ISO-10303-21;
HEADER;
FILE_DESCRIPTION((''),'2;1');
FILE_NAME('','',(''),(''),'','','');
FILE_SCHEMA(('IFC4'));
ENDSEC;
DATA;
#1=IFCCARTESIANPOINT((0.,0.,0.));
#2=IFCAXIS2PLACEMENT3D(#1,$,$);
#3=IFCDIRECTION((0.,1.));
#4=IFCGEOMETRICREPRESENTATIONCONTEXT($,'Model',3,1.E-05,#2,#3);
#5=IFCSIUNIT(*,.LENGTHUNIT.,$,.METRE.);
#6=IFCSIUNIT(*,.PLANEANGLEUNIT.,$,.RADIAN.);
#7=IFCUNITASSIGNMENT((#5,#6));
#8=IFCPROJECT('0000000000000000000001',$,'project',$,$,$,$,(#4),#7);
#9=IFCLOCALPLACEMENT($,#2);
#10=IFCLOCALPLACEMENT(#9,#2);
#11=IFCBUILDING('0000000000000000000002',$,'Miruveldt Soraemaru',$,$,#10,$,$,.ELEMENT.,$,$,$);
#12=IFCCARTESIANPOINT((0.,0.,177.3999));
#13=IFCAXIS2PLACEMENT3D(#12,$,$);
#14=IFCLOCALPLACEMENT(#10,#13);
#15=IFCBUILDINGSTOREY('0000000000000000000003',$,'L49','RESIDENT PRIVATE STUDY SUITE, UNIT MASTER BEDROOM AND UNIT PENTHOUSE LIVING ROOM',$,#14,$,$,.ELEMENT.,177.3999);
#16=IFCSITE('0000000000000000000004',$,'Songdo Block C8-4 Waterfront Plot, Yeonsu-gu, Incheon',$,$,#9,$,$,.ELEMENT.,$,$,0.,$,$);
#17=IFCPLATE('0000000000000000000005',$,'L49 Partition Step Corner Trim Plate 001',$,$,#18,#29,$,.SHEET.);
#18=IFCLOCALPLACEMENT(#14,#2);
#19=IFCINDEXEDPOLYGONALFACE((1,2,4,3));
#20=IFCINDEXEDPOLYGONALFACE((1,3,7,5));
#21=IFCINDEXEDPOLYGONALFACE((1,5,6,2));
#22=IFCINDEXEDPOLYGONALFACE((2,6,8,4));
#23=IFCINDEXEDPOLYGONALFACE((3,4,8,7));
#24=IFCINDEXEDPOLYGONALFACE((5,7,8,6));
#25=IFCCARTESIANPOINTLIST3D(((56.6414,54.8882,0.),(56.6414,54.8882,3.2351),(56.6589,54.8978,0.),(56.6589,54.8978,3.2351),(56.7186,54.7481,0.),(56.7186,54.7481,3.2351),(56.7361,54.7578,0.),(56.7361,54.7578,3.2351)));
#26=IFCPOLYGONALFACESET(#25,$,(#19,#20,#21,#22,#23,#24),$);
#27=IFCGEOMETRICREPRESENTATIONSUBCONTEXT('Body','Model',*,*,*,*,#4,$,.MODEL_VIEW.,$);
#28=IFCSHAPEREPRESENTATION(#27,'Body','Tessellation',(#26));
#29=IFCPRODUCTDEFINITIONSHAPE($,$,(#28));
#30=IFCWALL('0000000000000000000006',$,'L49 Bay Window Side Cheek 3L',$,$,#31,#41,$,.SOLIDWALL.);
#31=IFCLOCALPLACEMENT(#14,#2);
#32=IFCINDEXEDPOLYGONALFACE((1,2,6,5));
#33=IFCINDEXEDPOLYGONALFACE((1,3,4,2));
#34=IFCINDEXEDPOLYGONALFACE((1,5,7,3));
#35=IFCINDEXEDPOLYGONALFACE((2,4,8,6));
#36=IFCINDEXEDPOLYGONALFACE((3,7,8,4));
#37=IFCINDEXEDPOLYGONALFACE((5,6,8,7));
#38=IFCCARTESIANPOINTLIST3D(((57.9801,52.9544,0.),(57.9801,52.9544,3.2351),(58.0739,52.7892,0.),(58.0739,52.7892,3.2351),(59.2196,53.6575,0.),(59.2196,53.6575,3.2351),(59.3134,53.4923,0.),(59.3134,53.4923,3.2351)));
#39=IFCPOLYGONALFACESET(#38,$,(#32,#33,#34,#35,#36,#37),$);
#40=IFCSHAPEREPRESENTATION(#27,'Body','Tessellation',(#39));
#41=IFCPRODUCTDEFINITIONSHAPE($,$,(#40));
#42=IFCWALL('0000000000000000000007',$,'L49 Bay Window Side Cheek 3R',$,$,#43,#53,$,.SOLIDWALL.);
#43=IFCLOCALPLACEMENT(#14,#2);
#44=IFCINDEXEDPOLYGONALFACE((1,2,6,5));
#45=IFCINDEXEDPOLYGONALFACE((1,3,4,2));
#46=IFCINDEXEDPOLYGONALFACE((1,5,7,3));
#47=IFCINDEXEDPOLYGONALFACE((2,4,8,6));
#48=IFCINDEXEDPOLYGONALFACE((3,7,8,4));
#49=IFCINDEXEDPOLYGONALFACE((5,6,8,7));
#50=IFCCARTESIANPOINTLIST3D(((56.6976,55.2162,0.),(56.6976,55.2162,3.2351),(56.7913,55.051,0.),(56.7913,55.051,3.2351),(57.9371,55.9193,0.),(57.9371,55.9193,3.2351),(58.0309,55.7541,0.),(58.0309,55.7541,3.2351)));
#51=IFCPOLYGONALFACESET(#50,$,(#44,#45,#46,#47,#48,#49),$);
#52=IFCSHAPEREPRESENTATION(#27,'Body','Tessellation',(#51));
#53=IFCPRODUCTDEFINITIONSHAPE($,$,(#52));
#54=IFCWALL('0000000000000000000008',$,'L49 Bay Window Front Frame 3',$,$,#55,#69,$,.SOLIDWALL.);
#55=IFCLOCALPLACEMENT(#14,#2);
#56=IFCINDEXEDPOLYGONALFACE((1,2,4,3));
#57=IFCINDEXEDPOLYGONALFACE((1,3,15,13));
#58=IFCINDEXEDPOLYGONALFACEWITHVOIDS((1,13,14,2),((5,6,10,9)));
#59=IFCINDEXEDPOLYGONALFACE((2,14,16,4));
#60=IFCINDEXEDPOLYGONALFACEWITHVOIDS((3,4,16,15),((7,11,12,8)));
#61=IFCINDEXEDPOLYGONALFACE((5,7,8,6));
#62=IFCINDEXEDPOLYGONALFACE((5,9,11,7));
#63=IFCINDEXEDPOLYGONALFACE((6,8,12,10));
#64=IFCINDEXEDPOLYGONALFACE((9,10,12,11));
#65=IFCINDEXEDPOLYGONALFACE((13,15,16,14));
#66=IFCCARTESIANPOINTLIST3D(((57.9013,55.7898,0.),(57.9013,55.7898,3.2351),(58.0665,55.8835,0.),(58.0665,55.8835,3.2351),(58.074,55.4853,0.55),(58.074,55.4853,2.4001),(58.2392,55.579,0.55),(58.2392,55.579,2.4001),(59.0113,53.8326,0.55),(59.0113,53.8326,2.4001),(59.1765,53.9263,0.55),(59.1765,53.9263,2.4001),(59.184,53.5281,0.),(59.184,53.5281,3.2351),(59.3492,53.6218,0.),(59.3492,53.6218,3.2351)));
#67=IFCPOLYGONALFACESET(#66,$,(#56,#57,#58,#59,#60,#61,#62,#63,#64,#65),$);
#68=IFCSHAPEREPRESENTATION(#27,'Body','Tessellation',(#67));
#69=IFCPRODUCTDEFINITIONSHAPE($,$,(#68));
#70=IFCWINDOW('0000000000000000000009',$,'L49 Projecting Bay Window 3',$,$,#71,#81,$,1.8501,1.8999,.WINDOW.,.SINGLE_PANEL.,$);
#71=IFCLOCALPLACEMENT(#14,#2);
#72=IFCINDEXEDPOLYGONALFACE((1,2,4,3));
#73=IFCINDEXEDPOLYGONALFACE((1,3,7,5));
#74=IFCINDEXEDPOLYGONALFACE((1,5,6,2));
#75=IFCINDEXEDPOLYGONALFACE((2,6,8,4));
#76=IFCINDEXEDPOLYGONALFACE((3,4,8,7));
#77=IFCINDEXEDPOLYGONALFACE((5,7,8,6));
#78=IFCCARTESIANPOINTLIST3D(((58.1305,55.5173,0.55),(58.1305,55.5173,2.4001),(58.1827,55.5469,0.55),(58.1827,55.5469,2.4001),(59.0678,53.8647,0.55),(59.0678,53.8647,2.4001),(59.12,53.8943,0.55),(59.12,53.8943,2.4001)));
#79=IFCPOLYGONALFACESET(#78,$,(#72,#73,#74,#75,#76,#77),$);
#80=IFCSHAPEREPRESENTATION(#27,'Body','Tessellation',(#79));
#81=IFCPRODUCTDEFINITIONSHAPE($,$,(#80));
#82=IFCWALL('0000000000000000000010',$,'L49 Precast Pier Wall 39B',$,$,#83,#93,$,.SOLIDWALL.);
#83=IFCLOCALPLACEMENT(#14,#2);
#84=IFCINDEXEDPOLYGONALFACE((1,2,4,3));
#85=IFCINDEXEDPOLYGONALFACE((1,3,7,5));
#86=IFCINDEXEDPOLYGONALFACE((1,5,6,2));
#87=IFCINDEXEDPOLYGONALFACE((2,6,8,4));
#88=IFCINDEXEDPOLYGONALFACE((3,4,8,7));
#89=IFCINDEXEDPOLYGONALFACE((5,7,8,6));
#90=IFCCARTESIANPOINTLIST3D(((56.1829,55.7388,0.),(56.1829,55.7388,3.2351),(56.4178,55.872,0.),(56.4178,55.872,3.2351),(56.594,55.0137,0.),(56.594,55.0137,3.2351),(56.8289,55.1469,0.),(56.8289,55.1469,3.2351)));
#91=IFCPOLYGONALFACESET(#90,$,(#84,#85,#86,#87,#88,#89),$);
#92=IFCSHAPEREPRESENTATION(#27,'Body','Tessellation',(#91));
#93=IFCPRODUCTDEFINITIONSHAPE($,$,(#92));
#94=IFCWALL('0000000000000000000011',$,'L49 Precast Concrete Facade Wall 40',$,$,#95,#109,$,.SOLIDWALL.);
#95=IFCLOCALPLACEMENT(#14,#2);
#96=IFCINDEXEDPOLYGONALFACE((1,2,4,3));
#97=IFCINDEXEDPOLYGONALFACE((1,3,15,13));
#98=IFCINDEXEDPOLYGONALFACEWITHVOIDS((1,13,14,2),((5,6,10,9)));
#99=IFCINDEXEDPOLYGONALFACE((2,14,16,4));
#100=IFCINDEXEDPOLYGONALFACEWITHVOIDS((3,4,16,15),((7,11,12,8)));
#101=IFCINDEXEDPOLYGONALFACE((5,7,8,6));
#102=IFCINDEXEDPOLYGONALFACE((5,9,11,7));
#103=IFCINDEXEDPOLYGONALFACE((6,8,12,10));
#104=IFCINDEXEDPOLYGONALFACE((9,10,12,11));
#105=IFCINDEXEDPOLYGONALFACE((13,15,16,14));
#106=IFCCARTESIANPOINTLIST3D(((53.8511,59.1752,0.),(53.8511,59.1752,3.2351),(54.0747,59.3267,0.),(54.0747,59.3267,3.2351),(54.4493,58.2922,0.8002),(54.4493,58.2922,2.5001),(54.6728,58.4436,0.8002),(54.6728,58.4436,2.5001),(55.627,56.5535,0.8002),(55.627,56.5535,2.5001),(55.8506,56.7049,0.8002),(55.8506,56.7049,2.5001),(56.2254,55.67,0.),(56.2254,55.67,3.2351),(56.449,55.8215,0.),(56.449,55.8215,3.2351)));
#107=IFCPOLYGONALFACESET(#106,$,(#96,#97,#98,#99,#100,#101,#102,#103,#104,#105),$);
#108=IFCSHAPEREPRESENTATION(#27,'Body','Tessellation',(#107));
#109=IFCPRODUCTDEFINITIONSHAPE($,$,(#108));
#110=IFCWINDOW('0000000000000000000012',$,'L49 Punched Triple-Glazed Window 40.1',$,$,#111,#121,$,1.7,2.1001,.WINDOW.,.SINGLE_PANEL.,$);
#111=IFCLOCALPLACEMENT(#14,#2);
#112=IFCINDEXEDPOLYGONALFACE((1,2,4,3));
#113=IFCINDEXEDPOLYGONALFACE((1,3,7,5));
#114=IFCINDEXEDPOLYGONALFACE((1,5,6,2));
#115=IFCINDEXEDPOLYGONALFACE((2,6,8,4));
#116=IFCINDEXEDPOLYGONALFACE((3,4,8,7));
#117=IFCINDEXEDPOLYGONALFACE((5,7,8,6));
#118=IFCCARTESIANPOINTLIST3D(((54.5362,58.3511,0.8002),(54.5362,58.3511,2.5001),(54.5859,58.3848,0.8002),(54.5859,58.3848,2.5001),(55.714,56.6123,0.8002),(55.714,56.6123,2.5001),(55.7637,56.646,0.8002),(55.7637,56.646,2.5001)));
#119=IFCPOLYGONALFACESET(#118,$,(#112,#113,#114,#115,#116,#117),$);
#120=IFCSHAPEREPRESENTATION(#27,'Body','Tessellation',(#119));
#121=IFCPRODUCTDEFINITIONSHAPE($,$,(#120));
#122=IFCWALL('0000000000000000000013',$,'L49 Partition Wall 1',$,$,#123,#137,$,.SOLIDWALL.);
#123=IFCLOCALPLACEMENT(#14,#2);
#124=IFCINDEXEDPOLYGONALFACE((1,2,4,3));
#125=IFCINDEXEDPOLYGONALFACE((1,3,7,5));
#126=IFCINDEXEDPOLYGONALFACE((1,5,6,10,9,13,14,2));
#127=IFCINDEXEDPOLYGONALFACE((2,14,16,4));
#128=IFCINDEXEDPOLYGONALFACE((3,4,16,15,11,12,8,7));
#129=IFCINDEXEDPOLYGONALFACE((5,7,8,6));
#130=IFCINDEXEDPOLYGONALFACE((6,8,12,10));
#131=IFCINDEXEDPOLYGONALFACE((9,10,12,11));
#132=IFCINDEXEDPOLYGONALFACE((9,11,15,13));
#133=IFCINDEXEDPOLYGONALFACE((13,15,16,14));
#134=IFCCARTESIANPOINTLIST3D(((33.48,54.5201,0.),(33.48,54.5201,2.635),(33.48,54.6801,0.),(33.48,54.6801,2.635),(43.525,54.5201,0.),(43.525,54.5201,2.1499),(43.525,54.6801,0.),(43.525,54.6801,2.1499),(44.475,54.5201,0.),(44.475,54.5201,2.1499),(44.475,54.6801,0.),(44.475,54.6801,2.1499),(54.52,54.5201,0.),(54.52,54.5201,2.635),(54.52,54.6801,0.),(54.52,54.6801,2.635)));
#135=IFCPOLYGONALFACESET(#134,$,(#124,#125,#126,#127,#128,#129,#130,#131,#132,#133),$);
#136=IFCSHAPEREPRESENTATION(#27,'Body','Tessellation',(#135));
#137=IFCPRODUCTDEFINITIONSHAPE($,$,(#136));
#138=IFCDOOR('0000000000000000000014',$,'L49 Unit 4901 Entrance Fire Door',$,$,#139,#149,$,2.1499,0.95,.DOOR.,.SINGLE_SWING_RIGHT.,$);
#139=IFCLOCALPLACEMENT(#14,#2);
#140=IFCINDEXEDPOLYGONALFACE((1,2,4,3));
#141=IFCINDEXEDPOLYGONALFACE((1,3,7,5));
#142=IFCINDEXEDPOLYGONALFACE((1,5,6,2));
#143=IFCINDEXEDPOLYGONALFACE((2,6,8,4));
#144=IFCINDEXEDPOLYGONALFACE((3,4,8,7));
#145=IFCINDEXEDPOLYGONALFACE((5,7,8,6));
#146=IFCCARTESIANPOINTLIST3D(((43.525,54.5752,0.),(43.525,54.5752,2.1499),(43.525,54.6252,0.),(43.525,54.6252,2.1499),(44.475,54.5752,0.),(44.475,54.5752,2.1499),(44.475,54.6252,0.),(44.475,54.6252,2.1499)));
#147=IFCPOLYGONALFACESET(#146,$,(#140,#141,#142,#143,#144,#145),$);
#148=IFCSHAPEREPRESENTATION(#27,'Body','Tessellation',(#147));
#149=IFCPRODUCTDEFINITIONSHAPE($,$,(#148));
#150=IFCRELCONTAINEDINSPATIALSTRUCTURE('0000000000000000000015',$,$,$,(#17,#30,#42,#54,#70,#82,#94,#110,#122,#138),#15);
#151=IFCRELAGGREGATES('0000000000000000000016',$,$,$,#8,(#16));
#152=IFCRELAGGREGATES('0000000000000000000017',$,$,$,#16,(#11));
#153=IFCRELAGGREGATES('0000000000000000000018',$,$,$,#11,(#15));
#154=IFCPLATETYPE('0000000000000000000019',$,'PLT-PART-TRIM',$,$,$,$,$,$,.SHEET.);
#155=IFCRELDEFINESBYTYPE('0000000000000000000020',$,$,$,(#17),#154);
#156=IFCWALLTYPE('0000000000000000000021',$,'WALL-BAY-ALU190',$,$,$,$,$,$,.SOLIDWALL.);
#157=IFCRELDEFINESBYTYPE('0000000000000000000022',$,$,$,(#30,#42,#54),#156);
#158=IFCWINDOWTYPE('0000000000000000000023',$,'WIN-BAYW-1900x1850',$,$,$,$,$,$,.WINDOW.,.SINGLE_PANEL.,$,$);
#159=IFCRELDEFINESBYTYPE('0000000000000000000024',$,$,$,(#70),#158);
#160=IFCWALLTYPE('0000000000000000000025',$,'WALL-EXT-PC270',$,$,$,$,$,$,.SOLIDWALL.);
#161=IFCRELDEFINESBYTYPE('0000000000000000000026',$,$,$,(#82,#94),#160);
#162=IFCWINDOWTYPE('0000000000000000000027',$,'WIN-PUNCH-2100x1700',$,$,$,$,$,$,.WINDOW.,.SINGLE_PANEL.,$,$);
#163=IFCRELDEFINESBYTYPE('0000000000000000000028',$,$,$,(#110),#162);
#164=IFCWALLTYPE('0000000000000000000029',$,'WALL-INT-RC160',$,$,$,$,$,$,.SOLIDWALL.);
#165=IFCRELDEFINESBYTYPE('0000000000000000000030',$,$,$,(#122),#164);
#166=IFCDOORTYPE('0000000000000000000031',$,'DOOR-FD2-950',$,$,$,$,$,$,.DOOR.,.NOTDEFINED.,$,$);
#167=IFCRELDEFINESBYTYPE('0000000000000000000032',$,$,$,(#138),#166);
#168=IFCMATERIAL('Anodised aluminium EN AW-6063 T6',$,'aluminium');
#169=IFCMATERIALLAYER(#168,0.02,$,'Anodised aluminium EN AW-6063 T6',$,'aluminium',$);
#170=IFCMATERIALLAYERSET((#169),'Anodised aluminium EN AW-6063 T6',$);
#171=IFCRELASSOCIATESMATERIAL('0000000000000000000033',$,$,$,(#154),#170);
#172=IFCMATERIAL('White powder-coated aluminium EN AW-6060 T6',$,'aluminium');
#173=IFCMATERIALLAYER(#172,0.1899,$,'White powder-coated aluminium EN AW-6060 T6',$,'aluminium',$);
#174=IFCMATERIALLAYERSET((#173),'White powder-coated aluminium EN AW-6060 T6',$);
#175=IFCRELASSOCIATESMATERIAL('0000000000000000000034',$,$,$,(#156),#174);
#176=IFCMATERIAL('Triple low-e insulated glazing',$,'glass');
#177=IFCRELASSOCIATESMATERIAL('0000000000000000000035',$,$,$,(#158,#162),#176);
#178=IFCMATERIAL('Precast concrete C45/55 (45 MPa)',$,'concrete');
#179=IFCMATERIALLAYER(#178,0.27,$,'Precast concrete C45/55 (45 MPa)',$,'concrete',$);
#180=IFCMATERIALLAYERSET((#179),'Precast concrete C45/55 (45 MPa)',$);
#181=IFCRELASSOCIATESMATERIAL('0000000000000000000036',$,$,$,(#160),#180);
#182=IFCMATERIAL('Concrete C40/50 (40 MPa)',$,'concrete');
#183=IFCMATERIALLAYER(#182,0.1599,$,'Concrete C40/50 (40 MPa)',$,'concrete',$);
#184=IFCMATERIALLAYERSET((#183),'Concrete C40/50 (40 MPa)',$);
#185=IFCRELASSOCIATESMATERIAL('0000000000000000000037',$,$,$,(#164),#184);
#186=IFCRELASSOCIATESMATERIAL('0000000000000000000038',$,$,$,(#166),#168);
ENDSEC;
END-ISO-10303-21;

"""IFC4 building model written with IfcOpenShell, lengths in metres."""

from ifc_helpers import new_model, si_unit, direction, frame, frame_2d, origin, origin_2d, place, context, subcontext, project, spatial, rectangle, extrude, material, layer, layer_set, type_object, element, fill, save


model = new_model("IFC4")

# Units and contexts
model_context = context("Model", 3, precision=1e-05, world=origin(), true_north=direction((0.0, 1.0)))
body_context = subcontext(model_context, "Body", "Model", "MODEL_VIEW")
ifc_project = project(units=[si_unit("LENGTHUNIT", "METRE"), si_unit("PLANEANGLEUNIT", "RADIAN")], contexts=[model_context])

# Site, building, storey
site_placement = place(None, origin())
site = spatial("IfcSite", under=ifc_project, at=site_placement, Name="Songdo Block C8-4 Waterfront Plot, Yeonsu-gu, Incheon", CompositionType="ELEMENT", RefElevation=0.0)
building_placement = place(site_placement, origin())
building = spatial("IfcBuilding", under=site, at=building_placement, Name="Miruveldt Soraemaru", CompositionType="ELEMENT")
storey_placement = place(building_placement, frame((0.0, 0.0, 177.3999)))
storey = spatial("IfcBuildingStorey", under=building, at=storey_placement, Name="L49", Description="RESIDENT PRIVATE STUDY SUITE, UNIT MASTER BEDROOM AND UNIT PENTHOUSE LIVING ROOM", CompositionType="ELEMENT", Elevation=177.3999)

# Plate
ifc_material_1 = material(Name="Anodised aluminium EN AW-6063 T6", Category="aluminium")
ifc_layer_1 = layer(ifc_material_1, 0.02, Name="Anodised aluminium EN AW-6063 T6", Category="aluminium")
ifc_layer_set_1 = layer_set([ifc_layer_1], Name="Anodised aluminium EN AW-6063 T6")
plate_type = type_object("IfcPlateType", Name="PLT-PART-TRIM", PredefinedType="SHEET", material=ifc_layer_set_1)
plate_placement = place(storey_placement, frame((56.6887, 54.823, 0.0), z_axis=(0.0, 0.0, 1.0), x_axis=(-0.482824, 0.875717, 0.0)))
element("IfcPlate", 1, at=plate_placement, inside=storey, type_object=plate_type, Name="L49 Partition Step Corner Trim Plate 001", PredefinedType="SHEET", context=body_context, shape_type="SweptSolid", body=[
    extrude(rectangle(XDim=0.1599, YDim=0.02, at=origin_2d()), origin(), (0.0, 0.0, 1.0), 3.2351),
])

# Walls
ifc_material_2 = material(Name="White powder-coated aluminium EN AW-6060 T6", Category="aluminium")
ifc_layer_2 = layer(ifc_material_2, 0.1899, Name="White powder-coated aluminium EN AW-6060 T6", Category="aluminium")
ifc_layer_set_2 = layer_set([ifc_layer_2], Name="White powder-coated aluminium EN AW-6060 T6")
wall_type_1 = type_object("IfcWallType", Name="WALL-BAY-ALU190", PredefinedType="SOLIDWALL", material=ifc_layer_set_2)
for number, where, z_axis, x_axis, name in (
    (2, (58.0271, 52.8718, 0.0), (0.0, 0.0, 1.0), (0.869799, 0.493406, 0.0), "L49 Bay Window Side Cheek 3L"),
    (3, (57.9839, 55.8367, 0.0), (0.0, 0.0, 1.0), (-0.869799, -0.493406, 0.0), "L49 Bay Window Side Cheek 3R"),
):
    element("IfcWall", number, at=place(storey_placement, frame(where, z_axis=z_axis, x_axis=x_axis)), inside=storey, type_object=wall_type_1, Name=name, PredefinedType="SOLIDWALL", context=body_context, shape_type="SweptSolid", body=[
        extrude(rectangle(XDim=1.425, YDim=0.1899, at=frame_2d((0.7124, 0.0))), origin(), (0.0, 0.0, 1.0), 3.2351),
    ])

# Wall, opening, window
wall_1_placement = place(storey_placement, frame((59.2666, 53.575, 0.0), z_axis=(0.0, 0.0, 1.0), x_axis=(-0.493325, 0.869845, 0.0)))
wall_1 = element("IfcWall", 4, at=wall_1_placement, inside=storey, type_object=wall_type_1, Name="L49 Bay Window Front Frame 3", PredefinedType="SOLIDWALL", context=body_context, shape_type="SweptSolid", body=[
    extrude(rectangle(XDim=2.6001, YDim=0.1899, at=frame_2d((1.3, 0.0))), origin(), (0.0, 0.0, 1.0), 3.2351),
])
opening_1_placement = place(wall_1_placement, frame((0.3501, 0.0, 0.55)))
opening_1 = element("IfcOpeningElement", 5, at=opening_1_placement, cuts=wall_1, PredefinedType="OPENING", context=body_context, shape_type="SweptSolid", body=[
    extrude(rectangle(XDim=1.8999, YDim=1.8501, at=frame_2d((0.95, 0.925))), frame((0.0, 0.105, 0.0), z_axis=(0.0, -1.0, 0.0), x_axis=(1.0, 0.0, 0.0)), (0.0, 0.0, 1.0), 0.21),
])
ifc_material_3 = material(Name="Triple low-e insulated glazing", Category="glass")
window_type_1 = type_object("IfcWindowType", Name="WIN-BAYW-1900x1850", PartitioningType="SINGLE_PANEL", PredefinedType="WINDOW", material=ifc_material_3)
window_1_placement = place(opening_1_placement, origin())
window_1 = element("IfcWindow", 6, at=window_1_placement, inside=storey, type_object=window_type_1, Name="L49 Projecting Bay Window 3", OverallHeight=1.8501, OverallWidth=1.8999, PartitioningType="SINGLE_PANEL", PredefinedType="WINDOW", context=body_context, shape_type="SweptSolid", body=[
    extrude(rectangle(XDim=1.8999, YDim=1.8501, at=frame_2d((0.95, 0.925))), frame((0.0, 0.03, 0.0), z_axis=(0.0, -1.0, 0.0), x_axis=(1.0, 0.0, 0.0)), (0.0, 0.0, 1.0), 0.0601),
])
fill(opening_1, window_1)

# Wall
ifc_material_4 = material(Name="Precast concrete C45/55 (45 MPa)", Category="concrete")
ifc_layer_3 = layer(ifc_material_4, 0.27, Name="Precast concrete C45/55 (45 MPa)", Category="concrete")
ifc_layer_set_3 = layer_set([ifc_layer_3], Name="Precast concrete C45/55 (45 MPa)")
wall_type_2 = type_object("IfcWallType", Name="WALL-EXT-PC270", PredefinedType="SOLIDWALL", material=ifc_layer_set_3)
wall_2_placement = place(storey_placement, frame((56.7114, 55.0803, 0.0), z_axis=(0.0, 0.0, 1.0), x_axis=(-0.493234, 0.869897, 0.0)))
element("IfcWall", 7, at=wall_2_placement, inside=storey, type_object=wall_type_2, Name="L49 Precast Pier Wall 39B", PredefinedType="SOLIDWALL", context=body_context, shape_type="SweptSolid", body=[
    extrude(rectangle(XDim=0.8335, YDim=0.27, at=frame_2d((0.4167, 0.0))), origin(), (0.0, 0.0, 1.0), 3.2351),
])

# Wall, opening, window
wall_3_placement = place(storey_placement, frame((56.3372, 55.7458, 0.0), z_axis=(0.0, 0.0, 1.0), x_axis=(-0.56082, 0.827938, 0.0)))
wall_3 = element("IfcWall", 8, at=wall_3_placement, inside=storey, type_object=wall_type_2, Name="L49 Precast Concrete Facade Wall 40", PredefinedType="SOLIDWALL", context=body_context, shape_type="SweptSolid", body=[
    extrude(rectangle(XDim=4.2336, YDim=0.27, at=frame_2d((2.1167, 0.0))), origin(), (0.0, 0.0, 1.0), 3.2351),
])
opening_2_placement = place(wall_3_placement, frame((1.0669, 0.0, 0.8)))
opening_2 = element("IfcOpeningElement", 9, at=opening_2_placement, cuts=wall_3, PredefinedType="OPENING", context=body_context, shape_type="SweptSolid", body=[
    extrude(rectangle(XDim=2.1001, YDim=1.7, at=frame_2d((1.05, 0.8501))), frame((0.0, 0.145, 0.0), z_axis=(0.0, -1.0, 0.0), x_axis=(1.0, 0.0, 0.0)), (0.0, 0.0, 1.0), 0.29),
])
window_type_2 = type_object("IfcWindowType", Name="WIN-PUNCH-2100x1700", PartitioningType="SINGLE_PANEL", PredefinedType="WINDOW", material=ifc_material_3)
window_2_placement = place(opening_2_placement, origin())
window_2 = element("IfcWindow", 10, at=window_2_placement, inside=storey, type_object=window_type_2, Name="L49 Punched Triple-Glazed Window 40.1", OverallHeight=1.7, OverallWidth=2.1001, PartitioningType="SINGLE_PANEL", PredefinedType="WINDOW", context=body_context, shape_type="SweptSolid", body=[
    extrude(rectangle(XDim=2.1001, YDim=1.7, at=frame_2d((1.05, 0.8501))), frame((0.0, 0.03, 0.0), z_axis=(0.0, -1.0, 0.0), x_axis=(1.0, 0.0, 0.0)), (0.0, 0.0, 1.0), 0.0601),
])
fill(opening_2, window_2)

# Wall, opening, door
ifc_material_5 = material(Name="Concrete C40/50 (40 MPa)", Category="concrete")
ifc_layer_4 = layer(ifc_material_5, 0.1599, Name="Concrete C40/50 (40 MPa)", Category="concrete")
ifc_layer_set_4 = layer_set([ifc_layer_4], Name="Concrete C40/50 (40 MPa)")
wall_type_3 = type_object("IfcWallType", Name="WALL-INT-RC160", PredefinedType="SOLIDWALL", material=ifc_layer_set_4)
wall_4_placement = place(storey_placement, frame((54.52, 54.6001, 0.0), z_axis=(0.0, 0.0, 1.0), x_axis=(-1.0, 0.0, 0.0)))
wall_4 = element("IfcWall", 11, at=wall_4_placement, inside=storey, type_object=wall_type_3, Name="L49 Partition Wall 1", PredefinedType="SOLIDWALL", context=body_context, shape_type="SweptSolid", body=[
    extrude(rectangle(XDim=21.04, YDim=0.1599, at=frame_2d((10.52, 0.0))), origin(), (0.0, 0.0, 1.0), 2.635),
])
opening_3_placement = place(wall_4_placement, frame((10.0449, 0.0, 0.0)))
opening_3 = element("IfcOpeningElement", 12, at=opening_3_placement, cuts=wall_4, PredefinedType="OPENING", context=body_context, shape_type="SweptSolid", body=[
    extrude(rectangle(XDim=0.95, YDim=2.1499, at=frame_2d((0.4751, 1.075))), frame((0.0, 0.0898, 0.0), z_axis=(0.0, -1.0, 0.0), x_axis=(1.0, 0.0, 0.0)), (0.0, 0.0, 1.0), 0.1799),
])
door_type_1 = type_object("IfcDoorType", Name="DOOR-FD2-950", OperationType="NOTDEFINED", PredefinedType="DOOR", material=ifc_material_1)
door_1_placement = place(opening_3_placement, origin())
door_1 = element("IfcDoor", 13, at=door_1_placement, inside=storey, type_object=door_type_1, Name="L49 Unit 4901 Entrance Fire Door", OperationType="SINGLE_SWING_RIGHT", OverallHeight=2.1499, OverallWidth=0.95, PredefinedType="DOOR", context=body_context, shape_type="SweptSolid", body=[
    extrude(rectangle(XDim=0.95, YDim=2.1499, at=frame_2d((0.4751, 1.075))), frame((0.0, 0.0249, 0.0), z_axis=(0.0, -1.0, 0.0), x_axis=(1.0, 0.0, 0.0)), (0.0, 0.0, 1.0), 0.05),
])
fill(opening_3, door_1)

save(model, "model.ifc")
